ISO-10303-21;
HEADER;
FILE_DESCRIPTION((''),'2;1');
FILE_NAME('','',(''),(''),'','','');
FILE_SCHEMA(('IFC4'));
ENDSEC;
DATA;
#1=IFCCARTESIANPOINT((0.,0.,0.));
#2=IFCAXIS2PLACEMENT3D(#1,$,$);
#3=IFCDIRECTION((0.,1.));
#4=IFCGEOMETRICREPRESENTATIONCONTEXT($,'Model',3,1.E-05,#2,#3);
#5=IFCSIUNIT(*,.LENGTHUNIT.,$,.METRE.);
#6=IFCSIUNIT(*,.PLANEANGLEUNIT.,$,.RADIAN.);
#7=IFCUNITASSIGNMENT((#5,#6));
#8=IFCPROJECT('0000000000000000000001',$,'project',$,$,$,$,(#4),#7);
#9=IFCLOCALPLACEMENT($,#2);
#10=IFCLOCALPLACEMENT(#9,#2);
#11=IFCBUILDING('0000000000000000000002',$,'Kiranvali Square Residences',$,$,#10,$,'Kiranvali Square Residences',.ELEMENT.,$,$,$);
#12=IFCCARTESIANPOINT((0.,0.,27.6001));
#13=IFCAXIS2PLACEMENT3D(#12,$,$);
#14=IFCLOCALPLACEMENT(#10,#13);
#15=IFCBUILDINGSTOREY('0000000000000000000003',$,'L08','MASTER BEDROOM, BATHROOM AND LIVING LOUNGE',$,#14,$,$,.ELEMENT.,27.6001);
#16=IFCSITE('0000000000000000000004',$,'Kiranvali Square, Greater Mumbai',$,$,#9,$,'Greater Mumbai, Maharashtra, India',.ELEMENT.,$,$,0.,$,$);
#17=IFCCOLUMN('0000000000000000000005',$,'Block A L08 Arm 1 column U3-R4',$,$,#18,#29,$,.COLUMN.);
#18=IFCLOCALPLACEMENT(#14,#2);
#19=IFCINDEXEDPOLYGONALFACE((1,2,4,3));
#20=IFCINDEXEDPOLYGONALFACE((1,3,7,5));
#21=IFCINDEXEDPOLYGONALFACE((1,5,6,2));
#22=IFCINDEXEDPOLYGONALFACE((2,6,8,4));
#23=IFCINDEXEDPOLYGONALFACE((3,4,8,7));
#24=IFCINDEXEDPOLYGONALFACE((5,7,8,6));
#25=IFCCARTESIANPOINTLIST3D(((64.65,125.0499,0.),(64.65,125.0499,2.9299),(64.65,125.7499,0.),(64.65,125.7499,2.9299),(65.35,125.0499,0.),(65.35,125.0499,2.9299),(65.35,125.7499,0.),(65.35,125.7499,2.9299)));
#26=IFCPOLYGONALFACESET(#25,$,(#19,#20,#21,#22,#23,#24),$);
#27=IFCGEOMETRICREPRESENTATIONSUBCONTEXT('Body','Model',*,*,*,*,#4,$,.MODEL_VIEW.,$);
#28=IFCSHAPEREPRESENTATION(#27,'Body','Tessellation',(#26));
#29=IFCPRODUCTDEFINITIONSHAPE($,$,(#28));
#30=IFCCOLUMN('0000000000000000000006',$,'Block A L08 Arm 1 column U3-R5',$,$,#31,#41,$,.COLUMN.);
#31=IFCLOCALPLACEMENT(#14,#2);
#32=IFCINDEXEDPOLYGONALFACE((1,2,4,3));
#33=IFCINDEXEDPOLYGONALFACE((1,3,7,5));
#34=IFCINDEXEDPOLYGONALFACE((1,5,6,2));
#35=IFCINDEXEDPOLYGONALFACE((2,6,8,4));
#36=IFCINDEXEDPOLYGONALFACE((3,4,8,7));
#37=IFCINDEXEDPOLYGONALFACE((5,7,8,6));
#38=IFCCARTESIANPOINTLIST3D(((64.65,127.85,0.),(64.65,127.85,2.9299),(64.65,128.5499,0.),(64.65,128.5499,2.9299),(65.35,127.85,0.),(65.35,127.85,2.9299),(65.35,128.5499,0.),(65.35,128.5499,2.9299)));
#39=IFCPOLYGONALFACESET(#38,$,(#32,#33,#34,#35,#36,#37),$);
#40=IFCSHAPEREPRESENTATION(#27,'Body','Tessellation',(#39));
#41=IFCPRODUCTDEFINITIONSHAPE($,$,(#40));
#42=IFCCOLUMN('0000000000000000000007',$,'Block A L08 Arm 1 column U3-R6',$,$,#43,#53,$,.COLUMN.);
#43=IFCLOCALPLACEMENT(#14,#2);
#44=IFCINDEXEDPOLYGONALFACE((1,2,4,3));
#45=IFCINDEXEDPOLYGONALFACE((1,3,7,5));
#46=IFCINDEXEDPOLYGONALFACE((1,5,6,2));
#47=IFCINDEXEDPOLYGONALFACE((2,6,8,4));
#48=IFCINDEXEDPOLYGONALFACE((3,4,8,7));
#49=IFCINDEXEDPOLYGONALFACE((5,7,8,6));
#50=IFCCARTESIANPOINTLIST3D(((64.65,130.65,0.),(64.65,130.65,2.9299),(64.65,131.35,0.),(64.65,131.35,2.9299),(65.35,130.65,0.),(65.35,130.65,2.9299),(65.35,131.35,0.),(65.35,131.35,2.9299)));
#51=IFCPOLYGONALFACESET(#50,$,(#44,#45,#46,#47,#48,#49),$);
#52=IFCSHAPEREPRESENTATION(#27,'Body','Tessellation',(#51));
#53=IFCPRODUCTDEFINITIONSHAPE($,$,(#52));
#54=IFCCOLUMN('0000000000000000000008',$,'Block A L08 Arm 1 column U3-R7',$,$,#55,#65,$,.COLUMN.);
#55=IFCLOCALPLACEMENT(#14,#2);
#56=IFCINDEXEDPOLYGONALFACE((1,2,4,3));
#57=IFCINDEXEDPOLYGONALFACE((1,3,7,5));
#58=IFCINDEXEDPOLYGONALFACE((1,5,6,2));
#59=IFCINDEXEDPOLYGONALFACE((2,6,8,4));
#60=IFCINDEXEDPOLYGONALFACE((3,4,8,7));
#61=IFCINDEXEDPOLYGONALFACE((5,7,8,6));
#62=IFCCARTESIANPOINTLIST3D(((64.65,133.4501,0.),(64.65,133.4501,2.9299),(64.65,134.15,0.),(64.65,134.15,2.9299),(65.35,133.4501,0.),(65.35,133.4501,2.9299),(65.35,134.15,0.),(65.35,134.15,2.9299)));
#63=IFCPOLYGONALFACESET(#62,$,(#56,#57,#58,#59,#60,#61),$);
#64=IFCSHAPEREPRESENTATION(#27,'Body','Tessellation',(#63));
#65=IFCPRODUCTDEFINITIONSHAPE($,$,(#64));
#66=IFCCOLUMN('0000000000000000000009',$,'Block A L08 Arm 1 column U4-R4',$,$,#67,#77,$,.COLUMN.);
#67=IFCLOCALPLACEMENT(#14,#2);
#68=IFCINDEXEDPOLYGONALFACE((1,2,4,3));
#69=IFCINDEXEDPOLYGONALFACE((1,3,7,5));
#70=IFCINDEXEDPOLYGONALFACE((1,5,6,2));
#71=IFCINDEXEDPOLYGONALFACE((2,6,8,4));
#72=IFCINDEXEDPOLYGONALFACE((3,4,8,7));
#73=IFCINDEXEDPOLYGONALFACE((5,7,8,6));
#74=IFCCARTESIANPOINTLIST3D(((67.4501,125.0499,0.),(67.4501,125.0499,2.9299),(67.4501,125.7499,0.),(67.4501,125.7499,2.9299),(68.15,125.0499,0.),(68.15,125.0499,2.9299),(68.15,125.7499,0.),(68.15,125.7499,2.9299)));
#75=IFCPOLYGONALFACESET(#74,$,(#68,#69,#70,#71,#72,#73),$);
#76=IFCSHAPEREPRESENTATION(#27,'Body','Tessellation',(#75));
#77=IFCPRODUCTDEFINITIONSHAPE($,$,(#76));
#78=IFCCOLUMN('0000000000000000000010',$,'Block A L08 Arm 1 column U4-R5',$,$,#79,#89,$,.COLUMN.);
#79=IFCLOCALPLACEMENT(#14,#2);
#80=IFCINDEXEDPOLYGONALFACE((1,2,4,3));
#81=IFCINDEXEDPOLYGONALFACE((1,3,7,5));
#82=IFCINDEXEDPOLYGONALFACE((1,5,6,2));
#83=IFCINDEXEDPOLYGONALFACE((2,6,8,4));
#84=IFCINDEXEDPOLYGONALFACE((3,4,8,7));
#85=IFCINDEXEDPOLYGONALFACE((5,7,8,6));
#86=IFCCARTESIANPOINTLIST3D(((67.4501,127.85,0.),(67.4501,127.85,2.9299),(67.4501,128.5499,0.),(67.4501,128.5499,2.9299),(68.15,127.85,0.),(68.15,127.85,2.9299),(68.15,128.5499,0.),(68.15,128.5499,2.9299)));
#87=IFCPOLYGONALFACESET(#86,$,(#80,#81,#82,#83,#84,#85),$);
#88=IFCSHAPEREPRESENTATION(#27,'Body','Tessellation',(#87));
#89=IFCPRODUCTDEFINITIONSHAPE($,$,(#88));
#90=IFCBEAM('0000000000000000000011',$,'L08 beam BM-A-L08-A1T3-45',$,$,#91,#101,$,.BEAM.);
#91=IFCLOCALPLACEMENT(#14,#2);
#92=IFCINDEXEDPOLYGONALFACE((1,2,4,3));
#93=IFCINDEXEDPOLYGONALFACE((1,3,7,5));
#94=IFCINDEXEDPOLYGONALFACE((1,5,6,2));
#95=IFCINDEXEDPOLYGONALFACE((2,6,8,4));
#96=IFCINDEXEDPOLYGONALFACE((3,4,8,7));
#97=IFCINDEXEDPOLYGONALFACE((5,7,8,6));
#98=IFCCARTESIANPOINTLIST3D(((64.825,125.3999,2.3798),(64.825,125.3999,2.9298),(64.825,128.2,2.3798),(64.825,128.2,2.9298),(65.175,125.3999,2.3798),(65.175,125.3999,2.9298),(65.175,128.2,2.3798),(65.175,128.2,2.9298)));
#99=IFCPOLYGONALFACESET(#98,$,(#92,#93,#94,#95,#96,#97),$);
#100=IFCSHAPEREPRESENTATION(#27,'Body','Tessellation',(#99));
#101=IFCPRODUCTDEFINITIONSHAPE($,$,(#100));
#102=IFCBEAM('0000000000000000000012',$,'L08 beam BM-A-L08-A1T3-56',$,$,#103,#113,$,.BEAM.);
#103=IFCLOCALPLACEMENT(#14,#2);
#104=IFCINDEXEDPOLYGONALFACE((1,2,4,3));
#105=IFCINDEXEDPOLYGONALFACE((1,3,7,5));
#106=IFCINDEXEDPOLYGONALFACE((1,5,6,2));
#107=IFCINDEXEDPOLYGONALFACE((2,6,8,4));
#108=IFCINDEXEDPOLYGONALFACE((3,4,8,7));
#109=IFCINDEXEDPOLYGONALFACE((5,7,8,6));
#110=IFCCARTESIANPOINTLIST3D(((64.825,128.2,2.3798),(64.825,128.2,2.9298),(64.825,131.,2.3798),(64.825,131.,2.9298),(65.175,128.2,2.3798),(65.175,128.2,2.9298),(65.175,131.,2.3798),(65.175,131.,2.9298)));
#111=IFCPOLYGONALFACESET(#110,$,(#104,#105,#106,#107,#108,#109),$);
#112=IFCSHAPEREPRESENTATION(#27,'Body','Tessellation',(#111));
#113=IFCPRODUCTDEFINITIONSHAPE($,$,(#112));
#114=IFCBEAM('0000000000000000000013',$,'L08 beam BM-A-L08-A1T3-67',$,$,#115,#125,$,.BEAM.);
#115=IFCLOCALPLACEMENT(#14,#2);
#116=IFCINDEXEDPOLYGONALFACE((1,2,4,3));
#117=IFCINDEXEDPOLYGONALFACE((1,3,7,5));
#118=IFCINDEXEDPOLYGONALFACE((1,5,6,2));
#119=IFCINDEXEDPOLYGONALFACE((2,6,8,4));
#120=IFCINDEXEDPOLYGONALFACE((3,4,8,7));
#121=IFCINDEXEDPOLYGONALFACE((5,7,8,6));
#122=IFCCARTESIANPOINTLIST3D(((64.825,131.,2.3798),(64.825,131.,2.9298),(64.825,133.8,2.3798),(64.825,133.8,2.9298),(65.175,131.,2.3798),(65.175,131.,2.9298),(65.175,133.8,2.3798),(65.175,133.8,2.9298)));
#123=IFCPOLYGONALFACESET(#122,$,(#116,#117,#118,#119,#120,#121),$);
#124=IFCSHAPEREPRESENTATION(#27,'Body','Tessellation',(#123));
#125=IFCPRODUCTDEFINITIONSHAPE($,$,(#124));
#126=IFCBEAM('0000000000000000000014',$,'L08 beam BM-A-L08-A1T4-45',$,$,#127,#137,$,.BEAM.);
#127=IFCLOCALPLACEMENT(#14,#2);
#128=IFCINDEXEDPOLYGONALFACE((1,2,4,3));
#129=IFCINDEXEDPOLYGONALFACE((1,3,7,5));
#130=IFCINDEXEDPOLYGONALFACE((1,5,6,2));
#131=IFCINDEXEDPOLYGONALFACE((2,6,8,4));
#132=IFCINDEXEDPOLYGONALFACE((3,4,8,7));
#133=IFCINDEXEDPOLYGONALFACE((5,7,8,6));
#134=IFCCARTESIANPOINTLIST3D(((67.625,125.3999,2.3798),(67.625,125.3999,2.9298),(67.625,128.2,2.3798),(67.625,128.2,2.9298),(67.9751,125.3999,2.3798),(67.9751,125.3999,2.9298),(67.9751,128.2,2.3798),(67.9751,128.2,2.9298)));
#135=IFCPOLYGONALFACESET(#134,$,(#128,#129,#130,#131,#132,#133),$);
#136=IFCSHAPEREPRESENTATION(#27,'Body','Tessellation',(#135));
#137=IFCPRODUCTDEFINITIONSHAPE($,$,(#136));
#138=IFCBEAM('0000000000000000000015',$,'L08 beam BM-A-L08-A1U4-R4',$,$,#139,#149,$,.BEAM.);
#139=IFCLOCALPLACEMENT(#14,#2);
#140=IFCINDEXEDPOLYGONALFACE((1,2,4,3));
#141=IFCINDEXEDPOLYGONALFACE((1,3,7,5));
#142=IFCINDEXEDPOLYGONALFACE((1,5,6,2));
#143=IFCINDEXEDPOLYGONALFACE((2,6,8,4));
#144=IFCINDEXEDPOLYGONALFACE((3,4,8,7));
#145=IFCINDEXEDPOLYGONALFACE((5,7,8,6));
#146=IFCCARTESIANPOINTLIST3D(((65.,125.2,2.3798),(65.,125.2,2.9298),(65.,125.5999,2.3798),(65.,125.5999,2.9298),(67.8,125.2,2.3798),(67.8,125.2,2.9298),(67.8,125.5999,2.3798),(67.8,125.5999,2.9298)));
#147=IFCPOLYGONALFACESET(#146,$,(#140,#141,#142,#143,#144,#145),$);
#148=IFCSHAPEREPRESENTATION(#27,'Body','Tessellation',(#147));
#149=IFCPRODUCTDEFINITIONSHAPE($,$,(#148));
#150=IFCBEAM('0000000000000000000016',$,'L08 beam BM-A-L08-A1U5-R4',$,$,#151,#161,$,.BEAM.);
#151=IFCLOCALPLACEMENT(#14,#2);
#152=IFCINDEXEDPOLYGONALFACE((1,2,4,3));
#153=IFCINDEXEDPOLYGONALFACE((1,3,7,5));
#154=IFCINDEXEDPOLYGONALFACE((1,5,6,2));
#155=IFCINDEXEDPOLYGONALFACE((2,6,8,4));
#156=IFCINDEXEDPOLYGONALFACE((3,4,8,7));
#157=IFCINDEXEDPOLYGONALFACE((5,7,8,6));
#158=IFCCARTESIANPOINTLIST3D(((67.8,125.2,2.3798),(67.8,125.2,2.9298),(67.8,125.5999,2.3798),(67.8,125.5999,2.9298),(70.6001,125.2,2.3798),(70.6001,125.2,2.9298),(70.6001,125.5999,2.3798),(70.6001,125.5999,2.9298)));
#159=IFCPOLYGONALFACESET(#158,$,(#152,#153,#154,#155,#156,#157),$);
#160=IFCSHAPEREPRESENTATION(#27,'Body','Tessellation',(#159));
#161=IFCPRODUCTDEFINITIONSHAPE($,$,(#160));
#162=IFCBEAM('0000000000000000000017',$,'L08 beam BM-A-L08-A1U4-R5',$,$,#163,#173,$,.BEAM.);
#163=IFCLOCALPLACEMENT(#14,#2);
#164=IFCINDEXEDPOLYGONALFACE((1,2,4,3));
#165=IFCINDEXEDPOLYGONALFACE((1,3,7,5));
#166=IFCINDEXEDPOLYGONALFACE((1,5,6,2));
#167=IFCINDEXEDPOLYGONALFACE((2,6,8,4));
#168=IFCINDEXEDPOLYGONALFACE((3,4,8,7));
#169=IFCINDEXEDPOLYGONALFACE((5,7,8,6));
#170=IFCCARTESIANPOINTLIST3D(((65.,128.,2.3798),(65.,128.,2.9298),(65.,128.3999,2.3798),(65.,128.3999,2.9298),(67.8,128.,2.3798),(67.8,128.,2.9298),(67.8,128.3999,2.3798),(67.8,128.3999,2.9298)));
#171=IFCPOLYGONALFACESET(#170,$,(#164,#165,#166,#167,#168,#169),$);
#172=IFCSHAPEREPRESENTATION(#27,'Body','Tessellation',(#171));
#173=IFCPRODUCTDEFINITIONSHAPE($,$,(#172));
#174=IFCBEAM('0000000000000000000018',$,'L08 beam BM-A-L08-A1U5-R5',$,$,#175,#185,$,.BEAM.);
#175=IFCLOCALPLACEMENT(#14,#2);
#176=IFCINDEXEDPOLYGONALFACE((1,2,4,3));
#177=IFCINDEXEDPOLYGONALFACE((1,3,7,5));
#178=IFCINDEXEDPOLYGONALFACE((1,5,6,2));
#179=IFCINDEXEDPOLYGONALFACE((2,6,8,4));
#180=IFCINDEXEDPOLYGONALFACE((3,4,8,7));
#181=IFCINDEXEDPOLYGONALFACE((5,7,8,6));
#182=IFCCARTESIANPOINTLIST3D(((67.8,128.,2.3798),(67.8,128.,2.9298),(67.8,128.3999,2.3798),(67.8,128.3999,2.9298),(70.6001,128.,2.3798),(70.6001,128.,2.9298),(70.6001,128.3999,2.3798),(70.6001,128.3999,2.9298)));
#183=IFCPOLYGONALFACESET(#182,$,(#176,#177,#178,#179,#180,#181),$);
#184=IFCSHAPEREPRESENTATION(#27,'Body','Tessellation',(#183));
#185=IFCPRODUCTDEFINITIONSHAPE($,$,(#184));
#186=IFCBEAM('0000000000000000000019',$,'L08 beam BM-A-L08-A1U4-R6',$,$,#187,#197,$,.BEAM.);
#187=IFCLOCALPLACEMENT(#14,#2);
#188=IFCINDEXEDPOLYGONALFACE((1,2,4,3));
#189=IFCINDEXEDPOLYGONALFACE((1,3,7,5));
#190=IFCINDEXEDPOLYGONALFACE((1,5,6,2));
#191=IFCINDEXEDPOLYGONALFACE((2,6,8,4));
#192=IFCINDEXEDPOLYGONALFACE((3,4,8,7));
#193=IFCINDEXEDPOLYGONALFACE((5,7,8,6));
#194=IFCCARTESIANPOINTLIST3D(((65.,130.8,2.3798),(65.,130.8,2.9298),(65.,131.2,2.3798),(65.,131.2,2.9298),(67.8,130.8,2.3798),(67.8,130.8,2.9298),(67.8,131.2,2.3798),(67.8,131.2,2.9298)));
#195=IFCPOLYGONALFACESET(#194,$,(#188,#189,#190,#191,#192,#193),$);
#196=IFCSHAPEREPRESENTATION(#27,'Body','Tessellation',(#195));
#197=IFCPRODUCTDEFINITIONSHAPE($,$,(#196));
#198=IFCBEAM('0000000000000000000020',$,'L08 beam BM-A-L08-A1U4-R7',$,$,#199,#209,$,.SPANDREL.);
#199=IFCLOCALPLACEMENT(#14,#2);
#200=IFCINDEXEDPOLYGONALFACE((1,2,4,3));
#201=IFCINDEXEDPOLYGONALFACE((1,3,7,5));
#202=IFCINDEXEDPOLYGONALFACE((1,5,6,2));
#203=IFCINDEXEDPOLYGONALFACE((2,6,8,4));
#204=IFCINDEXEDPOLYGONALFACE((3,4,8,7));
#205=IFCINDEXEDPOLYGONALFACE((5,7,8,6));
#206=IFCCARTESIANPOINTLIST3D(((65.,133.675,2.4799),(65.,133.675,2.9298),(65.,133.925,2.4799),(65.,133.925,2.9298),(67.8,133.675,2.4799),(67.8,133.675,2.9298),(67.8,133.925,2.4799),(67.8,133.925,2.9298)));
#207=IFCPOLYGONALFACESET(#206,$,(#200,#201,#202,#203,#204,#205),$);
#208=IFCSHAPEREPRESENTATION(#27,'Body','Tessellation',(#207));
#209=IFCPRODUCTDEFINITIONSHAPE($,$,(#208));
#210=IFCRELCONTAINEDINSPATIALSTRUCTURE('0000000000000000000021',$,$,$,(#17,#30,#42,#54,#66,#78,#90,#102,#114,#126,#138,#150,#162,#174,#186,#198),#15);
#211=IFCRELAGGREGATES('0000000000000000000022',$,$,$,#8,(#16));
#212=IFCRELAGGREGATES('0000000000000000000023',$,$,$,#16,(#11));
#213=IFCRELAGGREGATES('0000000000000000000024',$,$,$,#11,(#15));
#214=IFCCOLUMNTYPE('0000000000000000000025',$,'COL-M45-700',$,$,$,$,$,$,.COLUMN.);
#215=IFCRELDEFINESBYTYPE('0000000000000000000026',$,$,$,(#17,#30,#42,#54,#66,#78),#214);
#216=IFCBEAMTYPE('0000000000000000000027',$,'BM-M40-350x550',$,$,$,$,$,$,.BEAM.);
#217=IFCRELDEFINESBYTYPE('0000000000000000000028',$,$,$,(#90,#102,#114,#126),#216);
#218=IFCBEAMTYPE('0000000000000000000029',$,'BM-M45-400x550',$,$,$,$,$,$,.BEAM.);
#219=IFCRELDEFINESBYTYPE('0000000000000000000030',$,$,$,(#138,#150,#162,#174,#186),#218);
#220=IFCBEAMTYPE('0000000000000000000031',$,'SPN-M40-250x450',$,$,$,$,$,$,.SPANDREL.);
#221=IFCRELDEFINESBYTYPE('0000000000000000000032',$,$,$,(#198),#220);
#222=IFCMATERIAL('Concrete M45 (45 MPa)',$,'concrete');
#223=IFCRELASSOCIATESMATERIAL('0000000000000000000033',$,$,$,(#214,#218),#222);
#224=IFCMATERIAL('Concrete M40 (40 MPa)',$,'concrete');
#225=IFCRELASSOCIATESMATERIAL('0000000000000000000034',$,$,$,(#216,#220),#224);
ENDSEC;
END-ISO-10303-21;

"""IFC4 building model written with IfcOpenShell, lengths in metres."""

from ifc_helpers import new_model, si_unit, direction, frame, origin, origin_2d, place, context, subcontext, project, spatial, rectangle, extrude, material, material_profile, profile_set, type_object, element, save


model = new_model("IFC4")

# Units and contexts
model_context = context("Model", 3, precision=1e-05, world=origin(), true_north=direction((0.0, 1.0)))
body_context = subcontext(model_context, "Body", "Model", "MODEL_VIEW")
ifc_project = project(units=[si_unit("LENGTHUNIT", "METRE"), si_unit("PLANEANGLEUNIT", "RADIAN")], contexts=[model_context])

# Site, building, storey
site_placement = place(None, origin())
site = spatial("IfcSite", under=ifc_project, at=site_placement, Name="Kiranvali Square, Greater Mumbai", LongName="Greater Mumbai, Maharashtra, India", CompositionType="ELEMENT", RefElevation=0.0)
building_placement = place(site_placement, origin())
building = spatial("IfcBuilding", under=site, at=building_placement, Name="Kiranvali Square Residences", LongName="Kiranvali Square Residences", CompositionType="ELEMENT")
storey_placement = place(building_placement, frame((0.0, 0.0, 27.6001)))
storey = spatial("IfcBuildingStorey", under=building, at=storey_placement, Name="L08", Description="MASTER BEDROOM, BATHROOM AND LIVING LOUNGE", CompositionType="ELEMENT", Elevation=27.6001)

# Columns
ifc_material_1 = material(Name="Concrete M45 (45 MPa)", Category="concrete")
ifc_material_profile_1 = material_profile(ifc_material_1, rectangle(XDim=0.7, YDim=0.7, at=origin_2d()), Name="RC 700x700")
ifc_profile_set_1 = profile_set([ifc_material_profile_1], Name="Concrete M45 (45 MPa)")
column_type = type_object("IfcColumnType", Name="COL-M45-700", PredefinedType="COLUMN", material=ifc_profile_set_1)
for number, where, z_axis, x_axis, name in (
    (1, (65.0, 125.3999, 0.0), (0.0, 0.0, 1.0), (1.0, 0.0, 0.0), "Block A L08 Arm 1 column U3-R4"),
    (2, (65.0, 128.2, 0.0), (0.0, 0.0, 1.0), (1.0, 0.0, 0.0), "Block A L08 Arm 1 column U3-R5"),
    (3, (65.0, 131.0, 0.0), (0.0, 0.0, 1.0), (1.0, 0.0, 0.0), "Block A L08 Arm 1 column U3-R6"),
    (4, (65.0, 133.8, 0.0), (0.0, 0.0, 1.0), (1.0, 0.0, 0.0), "Block A L08 Arm 1 column U3-R7"),
    (5, (67.8, 125.3999, 0.0), (0.0, 0.0, 1.0), (1.0, 0.0, 0.0), "Block A L08 Arm 1 column U4-R4"),
    (6, (67.8, 128.2, 0.0), (0.0, 0.0, 1.0), (1.0, 0.0, 0.0), "Block A L08 Arm 1 column U4-R5"),
):
    element("IfcColumn", number, at=place(storey_placement, frame(where, z_axis=z_axis, x_axis=x_axis)), inside=storey, type_object=column_type, Name=name, PredefinedType="COLUMN", context=body_context, shape_type="SweptSolid", body=[
        extrude(rectangle(XDim=0.7, YDim=0.7, at=origin_2d()), origin(), (0.0, 0.0, 1.0), 2.9299),
    ])

# Beams
ifc_material_2 = material(Name="Concrete M40 (40 MPa)", Category="concrete")
ifc_material_profile_2 = material_profile(ifc_material_2, rectangle(XDim=0.3501, YDim=0.55, at=origin_2d()), Name="RC 350x550")
ifc_profile_set_2 = profile_set([ifc_material_profile_2], Name="Concrete M40 (40 MPa)")
beam_type_1 = type_object("IfcBeamType", Name="BM-M40-350x550", PredefinedType="BEAM", material=ifc_profile_set_2)
for number, where, z_axis, x_axis, name in (
    (7, (65.0, 125.3999, 2.6548), (0.0, 1.0, 0.0), (-1.0, 0.0, 0.0), "L08 beam BM-A-L08-A1T3-45"),
    (8, (65.0, 128.2, 2.6548), (0.0, 1.0, 0.0), (-1.0, 0.0, 0.0), "L08 beam BM-A-L08-A1T3-56"),
    (9, (65.0, 131.0, 2.6548), (0.0, 1.0, 0.0), (-1.0, 0.0, 0.0), "L08 beam BM-A-L08-A1T3-67"),
    (10, (67.8, 125.3999, 2.6548), (0.0, 1.0, 0.0), (-1.0, 0.0, 0.0), "L08 beam BM-A-L08-A1T4-45"),
):
    element("IfcBeam", number, at=place(storey_placement, frame(where, z_axis=z_axis, x_axis=x_axis)), inside=storey, type_object=beam_type_1, Name=name, PredefinedType="BEAM", context=body_context, shape_type="SweptSolid", body=[
        extrude(rectangle(XDim=0.3501, YDim=0.55, at=origin_2d()), origin(), (0.0, 0.0, 1.0), 2.8),
    ])
ifc_material_profile_3 = material_profile(ifc_material_1, rectangle(XDim=0.3999, YDim=0.55, at=origin_2d()), Name="RC 400x550")
ifc_profile_set_3 = profile_set([ifc_material_profile_3], Name="Concrete M45 (45 MPa)")
beam_type_2 = type_object("IfcBeamType", Name="BM-M45-400x550", PredefinedType="BEAM", material=ifc_profile_set_3)
for number, where, z_axis, x_axis, name in (
    (11, (65.0, 125.3999, 2.6548), (1.0, 0.0, 0.0), (0.0, 1.0, 0.0), "L08 beam BM-A-L08-A1U4-R4"),
    (12, (67.8, 125.3999, 2.6548), (1.0, 0.0, 0.0), (0.0, 1.0, 0.0), "L08 beam BM-A-L08-A1U5-R4"),
    (13, (65.0, 128.2, 2.6548), (1.0, 0.0, 0.0), (0.0, 1.0, 0.0), "L08 beam BM-A-L08-A1U4-R5"),
    (14, (67.8, 128.2, 2.6548), (1.0, 0.0, 0.0), (0.0, 1.0, 0.0), "L08 beam BM-A-L08-A1U5-R5"),
    (15, (65.0, 131.0, 2.6548), (1.0, 0.0, 0.0), (0.0, 1.0, 0.0), "L08 beam BM-A-L08-A1U4-R6"),
):
    element("IfcBeam", number, at=place(storey_placement, frame(where, z_axis=z_axis, x_axis=x_axis)), inside=storey, type_object=beam_type_2, Name=name, PredefinedType="BEAM", context=body_context, shape_type="SweptSolid", body=[
        extrude(rectangle(XDim=0.3999, YDim=0.55, at=origin_2d()), origin(), (0.0, 0.0, 1.0), 2.8),
    ])
ifc_material_profile_4 = material_profile(ifc_material_2, rectangle(XDim=0.25, YDim=0.45, at=origin_2d()), Name="RC 250x450")
ifc_profile_set_4 = profile_set([ifc_material_profile_4], Name="Concrete M40 (40 MPa)")
beam_type_3 = type_object("IfcBeamType", Name="SPN-M40-250x450", PredefinedType="SPANDREL", material=ifc_profile_set_4)
beam_placement = place(storey_placement, frame((65.0, 133.8, 2.7048), z_axis=(1.0, 0.0, 0.0), x_axis=(0.0, 1.0, 0.0)))
element("IfcBeam", 16, at=beam_placement, inside=storey, type_object=beam_type_3, Name="L08 beam BM-A-L08-A1U4-R7", PredefinedType="SPANDREL", context=body_context, shape_type="SweptSolid", body=[
    extrude(rectangle(XDim=0.25, YDim=0.45, at=origin_2d()), origin(), (0.0, 0.0, 1.0), 2.8),
])

save(model, "model.ifc")
